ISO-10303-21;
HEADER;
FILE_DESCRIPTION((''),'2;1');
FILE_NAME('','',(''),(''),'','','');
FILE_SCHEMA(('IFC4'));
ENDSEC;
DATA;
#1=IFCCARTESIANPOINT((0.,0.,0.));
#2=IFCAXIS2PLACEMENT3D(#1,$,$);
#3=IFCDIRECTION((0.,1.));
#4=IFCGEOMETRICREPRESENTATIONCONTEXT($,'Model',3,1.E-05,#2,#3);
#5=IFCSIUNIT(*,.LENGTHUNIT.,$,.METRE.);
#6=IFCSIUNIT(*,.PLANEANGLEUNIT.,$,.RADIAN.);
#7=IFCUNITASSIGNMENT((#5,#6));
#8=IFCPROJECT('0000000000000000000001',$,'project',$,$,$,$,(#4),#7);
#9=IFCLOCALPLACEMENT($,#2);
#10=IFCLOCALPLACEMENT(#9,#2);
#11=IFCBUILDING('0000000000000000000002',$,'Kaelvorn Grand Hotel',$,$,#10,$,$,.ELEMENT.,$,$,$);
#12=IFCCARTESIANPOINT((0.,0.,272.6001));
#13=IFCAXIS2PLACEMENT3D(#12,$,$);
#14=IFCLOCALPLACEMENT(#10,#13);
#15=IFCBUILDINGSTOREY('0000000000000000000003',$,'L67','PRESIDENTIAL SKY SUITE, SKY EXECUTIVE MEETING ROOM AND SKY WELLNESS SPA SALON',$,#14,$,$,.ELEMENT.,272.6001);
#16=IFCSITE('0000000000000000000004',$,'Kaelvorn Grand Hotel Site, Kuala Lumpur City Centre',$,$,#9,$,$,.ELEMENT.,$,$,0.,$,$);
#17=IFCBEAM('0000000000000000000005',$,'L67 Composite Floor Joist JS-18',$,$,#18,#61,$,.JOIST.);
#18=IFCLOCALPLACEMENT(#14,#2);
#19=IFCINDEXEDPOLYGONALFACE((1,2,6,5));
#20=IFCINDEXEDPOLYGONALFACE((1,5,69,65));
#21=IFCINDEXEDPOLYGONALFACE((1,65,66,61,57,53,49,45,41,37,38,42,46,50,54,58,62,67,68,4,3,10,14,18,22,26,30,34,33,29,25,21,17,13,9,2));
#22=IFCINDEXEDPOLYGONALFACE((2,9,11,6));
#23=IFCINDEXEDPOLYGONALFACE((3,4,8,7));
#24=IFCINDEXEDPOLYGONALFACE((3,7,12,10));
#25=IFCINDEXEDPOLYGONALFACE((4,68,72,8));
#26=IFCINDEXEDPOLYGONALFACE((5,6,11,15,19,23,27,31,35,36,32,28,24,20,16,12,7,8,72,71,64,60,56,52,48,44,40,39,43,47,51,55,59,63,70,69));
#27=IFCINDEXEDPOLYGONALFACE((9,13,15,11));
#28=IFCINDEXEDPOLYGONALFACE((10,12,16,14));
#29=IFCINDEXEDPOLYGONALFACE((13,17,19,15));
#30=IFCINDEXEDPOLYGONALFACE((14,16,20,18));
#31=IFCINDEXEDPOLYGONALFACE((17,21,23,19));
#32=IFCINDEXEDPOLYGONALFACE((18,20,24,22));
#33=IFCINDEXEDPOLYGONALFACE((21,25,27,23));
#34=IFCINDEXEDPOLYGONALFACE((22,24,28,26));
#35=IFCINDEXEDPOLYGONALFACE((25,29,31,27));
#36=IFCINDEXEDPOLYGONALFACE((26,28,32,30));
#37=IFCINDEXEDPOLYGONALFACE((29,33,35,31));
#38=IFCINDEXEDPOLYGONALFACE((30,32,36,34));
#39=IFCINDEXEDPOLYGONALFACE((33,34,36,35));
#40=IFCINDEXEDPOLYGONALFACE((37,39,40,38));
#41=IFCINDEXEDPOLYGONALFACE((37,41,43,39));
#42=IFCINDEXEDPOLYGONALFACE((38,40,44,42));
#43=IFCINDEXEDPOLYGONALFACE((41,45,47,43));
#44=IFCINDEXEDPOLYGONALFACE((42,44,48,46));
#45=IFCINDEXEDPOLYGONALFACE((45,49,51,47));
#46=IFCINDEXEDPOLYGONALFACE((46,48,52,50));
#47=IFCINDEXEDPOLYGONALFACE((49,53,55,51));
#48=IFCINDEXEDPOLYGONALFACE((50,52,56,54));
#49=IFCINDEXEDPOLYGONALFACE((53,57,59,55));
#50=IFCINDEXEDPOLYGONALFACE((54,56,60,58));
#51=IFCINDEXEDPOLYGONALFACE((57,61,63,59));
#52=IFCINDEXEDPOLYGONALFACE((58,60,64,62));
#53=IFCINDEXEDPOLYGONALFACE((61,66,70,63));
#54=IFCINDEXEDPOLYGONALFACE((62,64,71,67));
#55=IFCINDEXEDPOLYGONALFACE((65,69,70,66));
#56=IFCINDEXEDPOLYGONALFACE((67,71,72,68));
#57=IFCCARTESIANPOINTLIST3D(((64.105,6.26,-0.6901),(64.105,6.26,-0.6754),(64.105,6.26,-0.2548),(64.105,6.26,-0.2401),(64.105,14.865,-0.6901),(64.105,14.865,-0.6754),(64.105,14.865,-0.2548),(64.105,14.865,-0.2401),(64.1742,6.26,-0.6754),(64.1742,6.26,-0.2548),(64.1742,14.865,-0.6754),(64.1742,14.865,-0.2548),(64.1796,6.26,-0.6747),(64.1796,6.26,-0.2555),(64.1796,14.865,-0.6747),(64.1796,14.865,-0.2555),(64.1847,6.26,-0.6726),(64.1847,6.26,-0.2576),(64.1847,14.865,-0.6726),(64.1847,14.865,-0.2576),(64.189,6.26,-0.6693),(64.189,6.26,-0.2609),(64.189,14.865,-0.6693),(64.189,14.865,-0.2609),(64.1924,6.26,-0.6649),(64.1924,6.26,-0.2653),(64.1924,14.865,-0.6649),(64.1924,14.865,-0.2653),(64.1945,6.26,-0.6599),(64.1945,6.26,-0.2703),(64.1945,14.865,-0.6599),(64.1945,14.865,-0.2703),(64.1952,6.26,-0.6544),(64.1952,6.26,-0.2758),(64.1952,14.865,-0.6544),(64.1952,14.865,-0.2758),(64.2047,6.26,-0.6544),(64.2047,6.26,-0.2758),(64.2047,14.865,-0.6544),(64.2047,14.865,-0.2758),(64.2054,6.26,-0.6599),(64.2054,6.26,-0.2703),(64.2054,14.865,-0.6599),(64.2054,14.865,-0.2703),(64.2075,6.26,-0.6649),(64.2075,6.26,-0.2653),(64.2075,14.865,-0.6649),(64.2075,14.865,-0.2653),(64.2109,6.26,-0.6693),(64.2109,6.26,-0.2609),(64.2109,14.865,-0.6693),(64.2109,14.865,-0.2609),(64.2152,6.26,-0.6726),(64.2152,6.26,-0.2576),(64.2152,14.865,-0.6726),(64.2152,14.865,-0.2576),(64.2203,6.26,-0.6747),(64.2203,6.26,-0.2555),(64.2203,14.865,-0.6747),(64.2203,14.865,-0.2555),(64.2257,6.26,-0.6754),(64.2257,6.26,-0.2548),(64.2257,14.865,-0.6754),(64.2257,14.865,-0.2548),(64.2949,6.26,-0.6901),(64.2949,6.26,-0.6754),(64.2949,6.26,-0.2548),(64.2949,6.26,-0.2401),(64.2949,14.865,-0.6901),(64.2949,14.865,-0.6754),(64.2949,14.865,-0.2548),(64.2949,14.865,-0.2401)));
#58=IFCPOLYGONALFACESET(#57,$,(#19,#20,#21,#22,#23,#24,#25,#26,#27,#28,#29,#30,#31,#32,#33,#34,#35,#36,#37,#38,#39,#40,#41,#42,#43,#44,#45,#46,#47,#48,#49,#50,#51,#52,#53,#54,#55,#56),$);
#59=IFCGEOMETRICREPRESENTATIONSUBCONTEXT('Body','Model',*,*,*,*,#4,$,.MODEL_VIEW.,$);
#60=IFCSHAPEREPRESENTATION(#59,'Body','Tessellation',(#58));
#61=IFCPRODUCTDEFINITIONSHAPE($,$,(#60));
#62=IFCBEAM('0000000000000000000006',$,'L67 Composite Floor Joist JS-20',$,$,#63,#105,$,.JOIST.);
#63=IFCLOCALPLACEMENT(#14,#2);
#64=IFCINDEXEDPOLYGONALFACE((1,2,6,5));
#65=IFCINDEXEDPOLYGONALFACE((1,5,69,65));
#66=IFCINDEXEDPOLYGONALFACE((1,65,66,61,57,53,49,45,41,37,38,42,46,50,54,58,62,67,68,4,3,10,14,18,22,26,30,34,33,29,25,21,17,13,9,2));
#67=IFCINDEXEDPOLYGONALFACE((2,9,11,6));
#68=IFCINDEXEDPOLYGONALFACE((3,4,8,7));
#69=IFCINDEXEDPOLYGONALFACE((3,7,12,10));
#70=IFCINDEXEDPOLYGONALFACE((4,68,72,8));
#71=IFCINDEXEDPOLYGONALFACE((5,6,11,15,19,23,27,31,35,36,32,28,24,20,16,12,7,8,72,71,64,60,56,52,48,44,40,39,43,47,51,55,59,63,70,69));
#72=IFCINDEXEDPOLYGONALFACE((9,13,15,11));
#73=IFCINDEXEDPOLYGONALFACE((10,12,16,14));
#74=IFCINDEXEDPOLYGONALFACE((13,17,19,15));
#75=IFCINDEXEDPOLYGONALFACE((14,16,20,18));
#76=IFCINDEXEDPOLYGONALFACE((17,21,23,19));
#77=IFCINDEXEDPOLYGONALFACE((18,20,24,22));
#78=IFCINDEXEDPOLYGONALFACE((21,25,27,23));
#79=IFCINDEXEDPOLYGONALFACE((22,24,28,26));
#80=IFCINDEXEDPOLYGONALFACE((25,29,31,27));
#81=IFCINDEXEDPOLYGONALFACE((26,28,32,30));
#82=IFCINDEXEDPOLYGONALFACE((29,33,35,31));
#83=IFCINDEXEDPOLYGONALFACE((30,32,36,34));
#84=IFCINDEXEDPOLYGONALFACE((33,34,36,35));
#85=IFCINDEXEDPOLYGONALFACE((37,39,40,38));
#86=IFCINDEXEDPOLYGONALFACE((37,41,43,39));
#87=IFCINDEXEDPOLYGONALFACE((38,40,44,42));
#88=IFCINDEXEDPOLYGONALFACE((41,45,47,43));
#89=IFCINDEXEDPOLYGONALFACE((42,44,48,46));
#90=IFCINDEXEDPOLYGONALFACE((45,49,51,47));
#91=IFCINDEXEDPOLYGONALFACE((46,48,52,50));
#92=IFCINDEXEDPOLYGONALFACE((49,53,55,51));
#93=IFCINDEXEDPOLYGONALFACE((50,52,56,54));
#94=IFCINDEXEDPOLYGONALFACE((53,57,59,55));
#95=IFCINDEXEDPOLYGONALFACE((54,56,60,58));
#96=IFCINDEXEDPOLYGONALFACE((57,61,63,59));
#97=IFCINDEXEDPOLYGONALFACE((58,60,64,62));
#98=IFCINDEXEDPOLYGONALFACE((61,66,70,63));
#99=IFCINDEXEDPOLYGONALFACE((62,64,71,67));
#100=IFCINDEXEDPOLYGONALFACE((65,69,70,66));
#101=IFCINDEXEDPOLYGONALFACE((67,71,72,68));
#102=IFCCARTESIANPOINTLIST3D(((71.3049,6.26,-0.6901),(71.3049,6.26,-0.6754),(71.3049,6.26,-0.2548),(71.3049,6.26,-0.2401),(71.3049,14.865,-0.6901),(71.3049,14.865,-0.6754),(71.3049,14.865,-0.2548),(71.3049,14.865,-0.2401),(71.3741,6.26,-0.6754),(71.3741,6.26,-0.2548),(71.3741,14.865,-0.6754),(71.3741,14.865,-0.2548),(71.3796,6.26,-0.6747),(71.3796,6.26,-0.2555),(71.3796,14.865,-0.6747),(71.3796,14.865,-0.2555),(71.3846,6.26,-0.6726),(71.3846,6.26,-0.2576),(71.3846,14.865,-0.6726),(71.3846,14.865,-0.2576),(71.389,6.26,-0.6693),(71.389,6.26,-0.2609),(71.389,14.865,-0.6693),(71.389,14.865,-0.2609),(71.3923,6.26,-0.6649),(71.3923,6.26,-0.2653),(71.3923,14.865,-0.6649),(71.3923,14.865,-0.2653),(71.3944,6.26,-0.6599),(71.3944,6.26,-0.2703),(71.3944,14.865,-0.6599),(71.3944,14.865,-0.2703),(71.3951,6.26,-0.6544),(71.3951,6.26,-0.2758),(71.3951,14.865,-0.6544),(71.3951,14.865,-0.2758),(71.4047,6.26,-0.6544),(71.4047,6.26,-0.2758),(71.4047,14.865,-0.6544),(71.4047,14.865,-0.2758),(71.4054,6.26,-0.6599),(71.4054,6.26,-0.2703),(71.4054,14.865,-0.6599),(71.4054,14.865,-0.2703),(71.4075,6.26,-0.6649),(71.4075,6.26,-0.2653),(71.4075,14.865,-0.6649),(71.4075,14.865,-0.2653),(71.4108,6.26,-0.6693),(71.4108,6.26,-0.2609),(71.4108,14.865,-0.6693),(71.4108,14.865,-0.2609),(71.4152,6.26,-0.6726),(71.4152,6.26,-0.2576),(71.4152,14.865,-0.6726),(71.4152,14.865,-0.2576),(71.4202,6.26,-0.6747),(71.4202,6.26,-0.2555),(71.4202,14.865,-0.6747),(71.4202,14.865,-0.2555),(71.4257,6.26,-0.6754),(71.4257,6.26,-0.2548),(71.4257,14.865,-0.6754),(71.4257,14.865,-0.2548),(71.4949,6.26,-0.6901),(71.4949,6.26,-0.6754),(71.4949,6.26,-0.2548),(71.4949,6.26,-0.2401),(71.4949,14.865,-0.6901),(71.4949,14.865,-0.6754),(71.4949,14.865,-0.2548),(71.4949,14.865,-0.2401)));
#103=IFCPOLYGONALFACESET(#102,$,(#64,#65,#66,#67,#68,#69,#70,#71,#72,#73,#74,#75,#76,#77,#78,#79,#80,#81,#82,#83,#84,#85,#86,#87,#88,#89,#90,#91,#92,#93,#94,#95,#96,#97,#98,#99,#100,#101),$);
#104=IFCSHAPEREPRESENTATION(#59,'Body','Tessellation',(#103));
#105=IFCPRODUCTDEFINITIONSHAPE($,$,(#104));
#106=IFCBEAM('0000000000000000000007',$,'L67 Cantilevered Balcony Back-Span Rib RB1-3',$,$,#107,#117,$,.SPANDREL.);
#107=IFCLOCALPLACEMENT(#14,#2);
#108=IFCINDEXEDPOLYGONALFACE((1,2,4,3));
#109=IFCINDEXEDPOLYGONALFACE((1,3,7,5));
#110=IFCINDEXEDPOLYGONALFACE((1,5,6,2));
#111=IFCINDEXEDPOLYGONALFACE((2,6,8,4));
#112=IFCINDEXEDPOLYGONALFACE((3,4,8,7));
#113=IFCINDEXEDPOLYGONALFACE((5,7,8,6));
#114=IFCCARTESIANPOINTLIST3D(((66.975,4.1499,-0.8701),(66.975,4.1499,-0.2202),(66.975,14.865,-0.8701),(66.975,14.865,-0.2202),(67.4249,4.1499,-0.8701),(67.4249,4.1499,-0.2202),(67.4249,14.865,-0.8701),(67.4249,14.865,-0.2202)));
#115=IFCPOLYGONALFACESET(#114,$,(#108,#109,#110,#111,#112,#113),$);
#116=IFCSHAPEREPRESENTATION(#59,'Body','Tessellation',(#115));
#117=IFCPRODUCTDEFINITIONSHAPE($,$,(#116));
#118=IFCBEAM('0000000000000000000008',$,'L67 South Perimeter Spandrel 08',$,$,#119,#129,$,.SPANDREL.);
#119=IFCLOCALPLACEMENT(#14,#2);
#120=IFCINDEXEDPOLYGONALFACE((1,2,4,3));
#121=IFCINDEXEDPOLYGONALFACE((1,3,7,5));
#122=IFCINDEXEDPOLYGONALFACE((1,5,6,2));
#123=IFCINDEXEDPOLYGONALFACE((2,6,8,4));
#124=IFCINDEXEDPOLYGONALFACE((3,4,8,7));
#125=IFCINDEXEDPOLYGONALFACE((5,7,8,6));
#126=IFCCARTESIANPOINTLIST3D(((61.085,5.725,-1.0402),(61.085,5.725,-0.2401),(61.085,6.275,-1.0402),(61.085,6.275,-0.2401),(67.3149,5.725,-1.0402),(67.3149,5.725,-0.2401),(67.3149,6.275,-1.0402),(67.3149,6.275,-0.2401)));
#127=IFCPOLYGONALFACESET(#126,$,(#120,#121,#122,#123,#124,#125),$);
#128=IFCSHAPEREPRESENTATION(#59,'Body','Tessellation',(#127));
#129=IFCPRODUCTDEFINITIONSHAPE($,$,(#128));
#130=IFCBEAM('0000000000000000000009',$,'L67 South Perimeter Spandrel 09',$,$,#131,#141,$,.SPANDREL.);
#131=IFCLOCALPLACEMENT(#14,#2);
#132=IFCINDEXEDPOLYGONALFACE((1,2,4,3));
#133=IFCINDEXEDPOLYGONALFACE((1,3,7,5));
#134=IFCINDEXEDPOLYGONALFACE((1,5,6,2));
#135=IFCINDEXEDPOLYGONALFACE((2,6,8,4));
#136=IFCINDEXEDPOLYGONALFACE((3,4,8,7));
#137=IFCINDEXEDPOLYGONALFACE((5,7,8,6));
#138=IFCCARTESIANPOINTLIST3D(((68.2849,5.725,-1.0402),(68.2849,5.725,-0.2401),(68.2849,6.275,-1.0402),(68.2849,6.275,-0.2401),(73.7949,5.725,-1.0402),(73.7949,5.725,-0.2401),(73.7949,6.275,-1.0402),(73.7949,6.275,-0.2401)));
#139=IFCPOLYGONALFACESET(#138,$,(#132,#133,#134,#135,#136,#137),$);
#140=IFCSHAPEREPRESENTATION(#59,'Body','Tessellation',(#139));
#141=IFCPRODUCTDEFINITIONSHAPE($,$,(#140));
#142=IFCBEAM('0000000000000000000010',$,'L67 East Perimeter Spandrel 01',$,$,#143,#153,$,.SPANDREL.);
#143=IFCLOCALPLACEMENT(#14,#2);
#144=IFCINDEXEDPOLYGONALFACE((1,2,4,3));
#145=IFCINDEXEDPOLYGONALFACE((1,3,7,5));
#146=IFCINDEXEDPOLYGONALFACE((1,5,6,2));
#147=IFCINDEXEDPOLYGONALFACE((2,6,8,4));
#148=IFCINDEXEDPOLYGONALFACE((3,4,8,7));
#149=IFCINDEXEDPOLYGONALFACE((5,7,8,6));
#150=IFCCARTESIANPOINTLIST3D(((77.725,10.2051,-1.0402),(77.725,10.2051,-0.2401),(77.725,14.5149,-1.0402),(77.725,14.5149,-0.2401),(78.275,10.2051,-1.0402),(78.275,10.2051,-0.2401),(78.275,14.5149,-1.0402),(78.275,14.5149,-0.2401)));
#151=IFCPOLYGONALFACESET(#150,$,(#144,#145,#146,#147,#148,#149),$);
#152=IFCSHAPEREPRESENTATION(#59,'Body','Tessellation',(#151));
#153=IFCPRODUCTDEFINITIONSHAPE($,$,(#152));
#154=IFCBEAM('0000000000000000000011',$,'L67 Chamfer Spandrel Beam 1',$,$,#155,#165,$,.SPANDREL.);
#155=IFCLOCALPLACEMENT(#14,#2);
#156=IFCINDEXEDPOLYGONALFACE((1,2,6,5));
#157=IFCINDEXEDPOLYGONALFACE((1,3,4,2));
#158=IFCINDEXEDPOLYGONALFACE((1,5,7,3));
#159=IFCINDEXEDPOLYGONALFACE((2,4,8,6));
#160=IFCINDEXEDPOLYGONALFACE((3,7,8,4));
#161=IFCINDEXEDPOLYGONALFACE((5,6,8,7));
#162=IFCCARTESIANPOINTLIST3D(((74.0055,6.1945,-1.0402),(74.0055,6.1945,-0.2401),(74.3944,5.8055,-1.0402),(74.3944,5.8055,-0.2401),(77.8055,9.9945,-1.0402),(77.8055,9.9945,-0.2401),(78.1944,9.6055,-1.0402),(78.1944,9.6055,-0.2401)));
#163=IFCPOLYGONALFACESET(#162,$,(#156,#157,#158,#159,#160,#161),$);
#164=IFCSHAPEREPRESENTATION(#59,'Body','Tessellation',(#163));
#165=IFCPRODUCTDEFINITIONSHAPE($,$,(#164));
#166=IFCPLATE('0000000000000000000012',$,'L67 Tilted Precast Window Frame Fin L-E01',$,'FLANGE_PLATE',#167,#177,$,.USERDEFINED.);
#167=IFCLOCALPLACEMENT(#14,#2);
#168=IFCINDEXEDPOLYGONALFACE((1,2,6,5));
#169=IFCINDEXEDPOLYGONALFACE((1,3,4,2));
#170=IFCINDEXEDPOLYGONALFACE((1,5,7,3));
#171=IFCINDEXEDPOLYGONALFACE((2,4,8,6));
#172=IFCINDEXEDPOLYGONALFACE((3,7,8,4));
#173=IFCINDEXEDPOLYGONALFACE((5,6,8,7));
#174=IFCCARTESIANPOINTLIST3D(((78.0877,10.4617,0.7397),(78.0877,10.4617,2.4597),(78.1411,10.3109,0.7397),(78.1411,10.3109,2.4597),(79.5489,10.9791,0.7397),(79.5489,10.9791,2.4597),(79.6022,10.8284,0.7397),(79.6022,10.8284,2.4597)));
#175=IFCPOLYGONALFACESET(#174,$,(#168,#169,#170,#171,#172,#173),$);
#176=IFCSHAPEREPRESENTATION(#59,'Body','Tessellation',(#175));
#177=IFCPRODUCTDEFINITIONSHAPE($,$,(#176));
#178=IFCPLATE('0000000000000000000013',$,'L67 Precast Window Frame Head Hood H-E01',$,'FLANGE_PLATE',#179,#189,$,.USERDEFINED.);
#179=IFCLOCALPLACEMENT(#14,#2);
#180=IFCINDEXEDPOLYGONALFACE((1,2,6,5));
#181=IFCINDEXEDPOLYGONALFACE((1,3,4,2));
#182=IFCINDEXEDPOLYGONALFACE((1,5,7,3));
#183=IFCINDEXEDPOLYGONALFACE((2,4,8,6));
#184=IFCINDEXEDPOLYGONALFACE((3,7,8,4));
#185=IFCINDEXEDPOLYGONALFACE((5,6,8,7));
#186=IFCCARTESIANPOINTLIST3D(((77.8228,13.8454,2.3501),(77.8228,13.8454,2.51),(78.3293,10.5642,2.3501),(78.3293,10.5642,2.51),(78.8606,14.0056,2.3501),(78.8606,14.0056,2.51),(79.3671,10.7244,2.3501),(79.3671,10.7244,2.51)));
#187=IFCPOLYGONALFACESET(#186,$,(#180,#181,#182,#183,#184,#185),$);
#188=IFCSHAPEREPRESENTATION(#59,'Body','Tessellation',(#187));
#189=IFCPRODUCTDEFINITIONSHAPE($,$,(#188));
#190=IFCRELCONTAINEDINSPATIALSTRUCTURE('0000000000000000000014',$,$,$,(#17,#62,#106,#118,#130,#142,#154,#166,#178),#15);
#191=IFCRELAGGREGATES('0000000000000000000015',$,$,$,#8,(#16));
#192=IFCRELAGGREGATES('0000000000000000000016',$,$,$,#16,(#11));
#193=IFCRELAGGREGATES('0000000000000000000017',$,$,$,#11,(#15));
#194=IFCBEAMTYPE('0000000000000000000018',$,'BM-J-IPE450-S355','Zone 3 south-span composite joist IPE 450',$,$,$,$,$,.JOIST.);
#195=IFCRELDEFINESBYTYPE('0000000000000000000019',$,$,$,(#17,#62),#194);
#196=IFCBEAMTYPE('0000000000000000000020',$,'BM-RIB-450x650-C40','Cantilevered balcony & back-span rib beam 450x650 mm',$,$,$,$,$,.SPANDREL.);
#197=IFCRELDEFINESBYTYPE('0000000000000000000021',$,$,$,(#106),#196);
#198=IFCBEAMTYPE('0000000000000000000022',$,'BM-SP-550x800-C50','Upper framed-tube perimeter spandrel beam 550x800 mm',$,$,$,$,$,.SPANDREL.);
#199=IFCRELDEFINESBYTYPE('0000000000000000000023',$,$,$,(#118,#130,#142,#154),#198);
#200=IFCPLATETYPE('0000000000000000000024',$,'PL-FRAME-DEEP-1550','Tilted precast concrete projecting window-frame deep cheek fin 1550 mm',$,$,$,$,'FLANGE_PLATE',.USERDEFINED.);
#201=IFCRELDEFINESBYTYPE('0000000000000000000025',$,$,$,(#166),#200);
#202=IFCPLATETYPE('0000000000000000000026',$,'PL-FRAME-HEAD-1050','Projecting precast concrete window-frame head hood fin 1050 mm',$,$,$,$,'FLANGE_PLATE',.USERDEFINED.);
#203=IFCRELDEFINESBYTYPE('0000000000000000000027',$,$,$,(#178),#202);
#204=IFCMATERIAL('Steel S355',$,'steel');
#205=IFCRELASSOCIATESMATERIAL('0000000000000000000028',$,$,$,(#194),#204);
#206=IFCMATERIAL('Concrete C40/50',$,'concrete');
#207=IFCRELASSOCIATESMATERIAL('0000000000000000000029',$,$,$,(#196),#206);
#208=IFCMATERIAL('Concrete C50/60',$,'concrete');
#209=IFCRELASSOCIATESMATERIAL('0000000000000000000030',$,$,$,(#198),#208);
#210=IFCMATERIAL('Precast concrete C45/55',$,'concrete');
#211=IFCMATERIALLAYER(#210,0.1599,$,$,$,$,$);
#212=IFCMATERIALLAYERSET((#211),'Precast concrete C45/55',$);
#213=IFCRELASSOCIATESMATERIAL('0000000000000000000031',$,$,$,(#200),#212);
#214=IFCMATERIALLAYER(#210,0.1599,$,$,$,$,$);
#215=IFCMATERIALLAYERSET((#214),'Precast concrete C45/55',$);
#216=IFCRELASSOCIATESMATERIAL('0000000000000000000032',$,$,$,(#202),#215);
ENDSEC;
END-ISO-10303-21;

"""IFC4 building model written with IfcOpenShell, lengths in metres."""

from ifc_helpers import new_model, si_unit, direction, frame, origin, origin_2d, place, context, subcontext, project, spatial, rectangle, i_section, extrude, material, layer, layer_set, material_profile, profile_set, type_object, element, save


model = new_model("IFC4")

# Units and contexts
model_context = context("Model", 3, precision=1e-05, world=origin(), true_north=direction((0.0, 1.0)))
body_context = subcontext(model_context, "Body", "Model", "MODEL_VIEW")
ifc_project = project(units=[si_unit("LENGTHUNIT", "METRE"), si_unit("PLANEANGLEUNIT", "RADIAN")], contexts=[model_context])

# Site, building, storey
site_placement = place(None, origin())
site = spatial("IfcSite", under=ifc_project, at=site_placement, Name="Kaelvorn Grand Hotel Site, Kuala Lumpur City Centre", CompositionType="ELEMENT", RefElevation=0.0)
building_placement = place(site_placement, origin())
building = spatial("IfcBuilding", under=site, at=building_placement, Name="Kaelvorn Grand Hotel", CompositionType="ELEMENT")
storey_placement = place(building_placement, frame((0.0, 0.0, 272.6001)))
storey = spatial("IfcBuildingStorey", under=building, at=storey_placement, Name="L67", Description="PRESIDENTIAL SKY SUITE, SKY EXECUTIVE MEETING ROOM AND SKY WELLNESS SPA SALON", CompositionType="ELEMENT", Elevation=272.6001)

# Shared definitions
ifc_material_1 = material(Name="Concrete C50/60", Category="concrete")

# Beams
ifc_material_2 = material(Name="Steel S355", Category="steel")
ifc_material_profile_1 = material_profile(ifc_material_2, i_section(OverallWidth=0.1899, OverallDepth=0.45, WebThickness=0.0095, FlangeThickness=0.0146, FilletRadius=0.021, at=origin_2d()), Name="IPE 450")
ifc_profile_set_1 = profile_set([ifc_material_profile_1], Name="Steel S355")
beam_type_1 = type_object("IfcBeamType", Name="BM-J-IPE450-S355", Description="Zone 3 south-span composite joist IPE 450", PredefinedType="JOIST", material=ifc_profile_set_1)
for number, where, z_axis, x_axis, name in (
    (1, (64.2, 6.26, -0.4651), (0.0, 1.0, 0.0), (-1.0, 0.0, 0.0), "L67 Composite Floor Joist JS-18"),
    (2, (71.3999, 6.26, -0.4651), (0.0, 1.0, 0.0), (-1.0, 0.0, 0.0), "L67 Composite Floor Joist JS-20"),
):
    element("IfcBeam", number, at=place(storey_placement, frame(where, z_axis=z_axis, x_axis=x_axis)), inside=storey, type_object=beam_type_1, Name=name, PredefinedType="JOIST", context=body_context, shape_type="SweptSolid", body=[
        extrude(i_section(OverallWidth=0.1899, OverallDepth=0.45, WebThickness=0.0095, FlangeThickness=0.0146, FilletRadius=0.021, at=origin_2d()), origin(), (0.0, 0.0, 1.0), 8.605),
    ])
ifc_material_3 = material(Name="Concrete C40/50", Category="concrete")
ifc_material_profile_2 = material_profile(ifc_material_3, rectangle(XDim=0.45, YDim=0.6499, at=origin_2d()), Name="RC RIB 450x650")
ifc_profile_set_2 = profile_set([ifc_material_profile_2], Name="Concrete C40/50")
beam_type_2 = type_object("IfcBeamType", Name="BM-RIB-450x650-C40", Description="Cantilevered balcony & back-span rib beam 450x650 mm", PredefinedType="SPANDREL", material=ifc_profile_set_2)
beam_1_placement = place(storey_placement, frame((67.2, 4.1499, -0.5452), z_axis=(0.0, 1.0, 0.0), x_axis=(-1.0, 0.0, 0.0)))
element("IfcBeam", 3, at=beam_1_placement, inside=storey, type_object=beam_type_2, Name="L67 Cantilevered Balcony Back-Span Rib RB1-3", PredefinedType="SPANDREL", context=body_context, shape_type="SweptSolid", body=[
    extrude(rectangle(XDim=0.45, YDim=0.6499, at=origin_2d()), origin(), (0.0, 0.0, 1.0), 10.7151),
])
ifc_material_profile_3 = material_profile(ifc_material_1, rectangle(XDim=0.55, YDim=0.8, at=origin_2d()), Name="RC SPANDREL 550x800")
ifc_profile_set_3 = profile_set([ifc_material_profile_3], Name="Concrete C50/60")
beam_type_3 = type_object("IfcBeamType", Name="BM-SP-550x800-C50", Description="Upper framed-tube perimeter spandrel beam 550x800 mm", PredefinedType="SPANDREL", material=ifc_profile_set_3)
beam_2_placement = place(storey_placement, frame((61.085, 6.0, -0.6401), z_axis=(1.0, 0.0, 0.0), x_axis=(0.0, 1.0, 0.0)))
element("IfcBeam", 4, at=beam_2_placement, inside=storey, type_object=beam_type_3, Name="L67 South Perimeter Spandrel 08", PredefinedType="SPANDREL", context=body_context, shape_type="SweptSolid", body=[
    extrude(rectangle(XDim=0.55, YDim=0.8, at=origin_2d()), origin(), (0.0, 0.0, 1.0), 6.23),
])
beam_3_placement = place(storey_placement, frame((68.2849, 6.0, -0.6401), z_axis=(1.0, 0.0, 0.0), x_axis=(0.0, 1.0, 0.0)))
element("IfcBeam", 5, at=beam_3_placement, inside=storey, type_object=beam_type_3, Name="L67 South Perimeter Spandrel 09", PredefinedType="SPANDREL", context=body_context, shape_type="SweptSolid", body=[
    extrude(rectangle(XDim=0.55, YDim=0.8, at=origin_2d()), origin(), (0.0, 0.0, 1.0), 5.51),
])
beam_4_placement = place(storey_placement, frame((78.0, 10.2051, -0.6401), z_axis=(0.0, 1.0, 0.0), x_axis=(-1.0, 0.0, 0.0)))
element("IfcBeam", 6, at=beam_4_placement, inside=storey, type_object=beam_type_3, Name="L67 East Perimeter Spandrel 01", PredefinedType="SPANDREL", context=body_context, shape_type="SweptSolid", body=[
    extrude(rectangle(XDim=0.55, YDim=0.8, at=origin_2d()), origin(), (0.0, 0.0, 1.0), 4.3098),
])
beam_5_placement = place(storey_placement, frame((74.2, 6.0, -0.6401), z_axis=(0.707107, 0.707107, 0.0), x_axis=(-0.707107, 0.707107, 0.0)))
element("IfcBeam", 7, at=beam_5_placement, inside=storey, type_object=beam_type_3, Name="L67 Chamfer Spandrel Beam 1", PredefinedType="SPANDREL", context=body_context, shape_type="SweptSolid", body=[
    extrude(rectangle(XDim=0.55, YDim=0.8, at=origin_2d()), origin(), (0.0, 0.0, 1.0), 5.374),
])

# Plates
ifc_material_4 = material(Name="Precast concrete C45/55", Category="concrete")
ifc_layer_1 = layer(ifc_material_4, 0.1599)
ifc_layer_set_1 = layer_set([ifc_layer_1], Name="Precast concrete C45/55")
plate_type_1 = type_object("IfcPlateType", Name="PL-FRAME-DEEP-1550", Description="Tilted precast concrete projecting window-frame deep cheek fin 1550 mm", ElementType="FLANGE_PLATE", PredefinedType="USERDEFINED", material=ifc_layer_set_1)
plate_1_placement = place(storey_placement, frame((78.845, 10.645, 0.7397), z_axis=(0.0, 0.0, 1.0), x_axis=(-0.333807, 0.942641, 0.0)))
element("IfcPlate", 8, at=plate_1_placement, inside=storey, type_object=plate_type_1, Name="L67 Tilted Precast Window Frame Fin L-E01", ObjectType="FLANGE_PLATE", PredefinedType="USERDEFINED", context=body_context, shape_type="SweptSolid", body=[
    extrude(rectangle(XDim=0.1599, YDim=1.55, at=origin_2d()), origin(), (0.0, 0.0, 1.0), 1.72),
])
ifc_layer_2 = layer(ifc_material_4, 0.1599)
ifc_layer_set_2 = layer_set([ifc_layer_2], Name="Precast concrete C45/55")
plate_type_2 = type_object("IfcPlateType", Name="PL-FRAME-HEAD-1050", Description="Projecting precast concrete window-frame head hood fin 1050 mm", ElementType="FLANGE_PLATE", PredefinedType="USERDEFINED", material=ifc_layer_set_2)
plate_2_placement = place(storey_placement, frame((78.595, 12.2849, 2.3501), z_axis=(0.0, 0.0, 1.0), x_axis=(-0.152555, 0.988295, 0.0)))
element("IfcPlate", 9, at=plate_2_placement, inside=storey, type_object=plate_type_2, Name="L67 Precast Window Frame Head Hood H-E01", ObjectType="FLANGE_PLATE", PredefinedType="USERDEFINED", context=body_context, shape_type="SweptSolid", body=[
    extrude(rectangle(XDim=3.3201, YDim=1.05, at=origin_2d()), origin(), (0.0, 0.0, 1.0), 0.1599),
])

save(model, "model.ifc")
